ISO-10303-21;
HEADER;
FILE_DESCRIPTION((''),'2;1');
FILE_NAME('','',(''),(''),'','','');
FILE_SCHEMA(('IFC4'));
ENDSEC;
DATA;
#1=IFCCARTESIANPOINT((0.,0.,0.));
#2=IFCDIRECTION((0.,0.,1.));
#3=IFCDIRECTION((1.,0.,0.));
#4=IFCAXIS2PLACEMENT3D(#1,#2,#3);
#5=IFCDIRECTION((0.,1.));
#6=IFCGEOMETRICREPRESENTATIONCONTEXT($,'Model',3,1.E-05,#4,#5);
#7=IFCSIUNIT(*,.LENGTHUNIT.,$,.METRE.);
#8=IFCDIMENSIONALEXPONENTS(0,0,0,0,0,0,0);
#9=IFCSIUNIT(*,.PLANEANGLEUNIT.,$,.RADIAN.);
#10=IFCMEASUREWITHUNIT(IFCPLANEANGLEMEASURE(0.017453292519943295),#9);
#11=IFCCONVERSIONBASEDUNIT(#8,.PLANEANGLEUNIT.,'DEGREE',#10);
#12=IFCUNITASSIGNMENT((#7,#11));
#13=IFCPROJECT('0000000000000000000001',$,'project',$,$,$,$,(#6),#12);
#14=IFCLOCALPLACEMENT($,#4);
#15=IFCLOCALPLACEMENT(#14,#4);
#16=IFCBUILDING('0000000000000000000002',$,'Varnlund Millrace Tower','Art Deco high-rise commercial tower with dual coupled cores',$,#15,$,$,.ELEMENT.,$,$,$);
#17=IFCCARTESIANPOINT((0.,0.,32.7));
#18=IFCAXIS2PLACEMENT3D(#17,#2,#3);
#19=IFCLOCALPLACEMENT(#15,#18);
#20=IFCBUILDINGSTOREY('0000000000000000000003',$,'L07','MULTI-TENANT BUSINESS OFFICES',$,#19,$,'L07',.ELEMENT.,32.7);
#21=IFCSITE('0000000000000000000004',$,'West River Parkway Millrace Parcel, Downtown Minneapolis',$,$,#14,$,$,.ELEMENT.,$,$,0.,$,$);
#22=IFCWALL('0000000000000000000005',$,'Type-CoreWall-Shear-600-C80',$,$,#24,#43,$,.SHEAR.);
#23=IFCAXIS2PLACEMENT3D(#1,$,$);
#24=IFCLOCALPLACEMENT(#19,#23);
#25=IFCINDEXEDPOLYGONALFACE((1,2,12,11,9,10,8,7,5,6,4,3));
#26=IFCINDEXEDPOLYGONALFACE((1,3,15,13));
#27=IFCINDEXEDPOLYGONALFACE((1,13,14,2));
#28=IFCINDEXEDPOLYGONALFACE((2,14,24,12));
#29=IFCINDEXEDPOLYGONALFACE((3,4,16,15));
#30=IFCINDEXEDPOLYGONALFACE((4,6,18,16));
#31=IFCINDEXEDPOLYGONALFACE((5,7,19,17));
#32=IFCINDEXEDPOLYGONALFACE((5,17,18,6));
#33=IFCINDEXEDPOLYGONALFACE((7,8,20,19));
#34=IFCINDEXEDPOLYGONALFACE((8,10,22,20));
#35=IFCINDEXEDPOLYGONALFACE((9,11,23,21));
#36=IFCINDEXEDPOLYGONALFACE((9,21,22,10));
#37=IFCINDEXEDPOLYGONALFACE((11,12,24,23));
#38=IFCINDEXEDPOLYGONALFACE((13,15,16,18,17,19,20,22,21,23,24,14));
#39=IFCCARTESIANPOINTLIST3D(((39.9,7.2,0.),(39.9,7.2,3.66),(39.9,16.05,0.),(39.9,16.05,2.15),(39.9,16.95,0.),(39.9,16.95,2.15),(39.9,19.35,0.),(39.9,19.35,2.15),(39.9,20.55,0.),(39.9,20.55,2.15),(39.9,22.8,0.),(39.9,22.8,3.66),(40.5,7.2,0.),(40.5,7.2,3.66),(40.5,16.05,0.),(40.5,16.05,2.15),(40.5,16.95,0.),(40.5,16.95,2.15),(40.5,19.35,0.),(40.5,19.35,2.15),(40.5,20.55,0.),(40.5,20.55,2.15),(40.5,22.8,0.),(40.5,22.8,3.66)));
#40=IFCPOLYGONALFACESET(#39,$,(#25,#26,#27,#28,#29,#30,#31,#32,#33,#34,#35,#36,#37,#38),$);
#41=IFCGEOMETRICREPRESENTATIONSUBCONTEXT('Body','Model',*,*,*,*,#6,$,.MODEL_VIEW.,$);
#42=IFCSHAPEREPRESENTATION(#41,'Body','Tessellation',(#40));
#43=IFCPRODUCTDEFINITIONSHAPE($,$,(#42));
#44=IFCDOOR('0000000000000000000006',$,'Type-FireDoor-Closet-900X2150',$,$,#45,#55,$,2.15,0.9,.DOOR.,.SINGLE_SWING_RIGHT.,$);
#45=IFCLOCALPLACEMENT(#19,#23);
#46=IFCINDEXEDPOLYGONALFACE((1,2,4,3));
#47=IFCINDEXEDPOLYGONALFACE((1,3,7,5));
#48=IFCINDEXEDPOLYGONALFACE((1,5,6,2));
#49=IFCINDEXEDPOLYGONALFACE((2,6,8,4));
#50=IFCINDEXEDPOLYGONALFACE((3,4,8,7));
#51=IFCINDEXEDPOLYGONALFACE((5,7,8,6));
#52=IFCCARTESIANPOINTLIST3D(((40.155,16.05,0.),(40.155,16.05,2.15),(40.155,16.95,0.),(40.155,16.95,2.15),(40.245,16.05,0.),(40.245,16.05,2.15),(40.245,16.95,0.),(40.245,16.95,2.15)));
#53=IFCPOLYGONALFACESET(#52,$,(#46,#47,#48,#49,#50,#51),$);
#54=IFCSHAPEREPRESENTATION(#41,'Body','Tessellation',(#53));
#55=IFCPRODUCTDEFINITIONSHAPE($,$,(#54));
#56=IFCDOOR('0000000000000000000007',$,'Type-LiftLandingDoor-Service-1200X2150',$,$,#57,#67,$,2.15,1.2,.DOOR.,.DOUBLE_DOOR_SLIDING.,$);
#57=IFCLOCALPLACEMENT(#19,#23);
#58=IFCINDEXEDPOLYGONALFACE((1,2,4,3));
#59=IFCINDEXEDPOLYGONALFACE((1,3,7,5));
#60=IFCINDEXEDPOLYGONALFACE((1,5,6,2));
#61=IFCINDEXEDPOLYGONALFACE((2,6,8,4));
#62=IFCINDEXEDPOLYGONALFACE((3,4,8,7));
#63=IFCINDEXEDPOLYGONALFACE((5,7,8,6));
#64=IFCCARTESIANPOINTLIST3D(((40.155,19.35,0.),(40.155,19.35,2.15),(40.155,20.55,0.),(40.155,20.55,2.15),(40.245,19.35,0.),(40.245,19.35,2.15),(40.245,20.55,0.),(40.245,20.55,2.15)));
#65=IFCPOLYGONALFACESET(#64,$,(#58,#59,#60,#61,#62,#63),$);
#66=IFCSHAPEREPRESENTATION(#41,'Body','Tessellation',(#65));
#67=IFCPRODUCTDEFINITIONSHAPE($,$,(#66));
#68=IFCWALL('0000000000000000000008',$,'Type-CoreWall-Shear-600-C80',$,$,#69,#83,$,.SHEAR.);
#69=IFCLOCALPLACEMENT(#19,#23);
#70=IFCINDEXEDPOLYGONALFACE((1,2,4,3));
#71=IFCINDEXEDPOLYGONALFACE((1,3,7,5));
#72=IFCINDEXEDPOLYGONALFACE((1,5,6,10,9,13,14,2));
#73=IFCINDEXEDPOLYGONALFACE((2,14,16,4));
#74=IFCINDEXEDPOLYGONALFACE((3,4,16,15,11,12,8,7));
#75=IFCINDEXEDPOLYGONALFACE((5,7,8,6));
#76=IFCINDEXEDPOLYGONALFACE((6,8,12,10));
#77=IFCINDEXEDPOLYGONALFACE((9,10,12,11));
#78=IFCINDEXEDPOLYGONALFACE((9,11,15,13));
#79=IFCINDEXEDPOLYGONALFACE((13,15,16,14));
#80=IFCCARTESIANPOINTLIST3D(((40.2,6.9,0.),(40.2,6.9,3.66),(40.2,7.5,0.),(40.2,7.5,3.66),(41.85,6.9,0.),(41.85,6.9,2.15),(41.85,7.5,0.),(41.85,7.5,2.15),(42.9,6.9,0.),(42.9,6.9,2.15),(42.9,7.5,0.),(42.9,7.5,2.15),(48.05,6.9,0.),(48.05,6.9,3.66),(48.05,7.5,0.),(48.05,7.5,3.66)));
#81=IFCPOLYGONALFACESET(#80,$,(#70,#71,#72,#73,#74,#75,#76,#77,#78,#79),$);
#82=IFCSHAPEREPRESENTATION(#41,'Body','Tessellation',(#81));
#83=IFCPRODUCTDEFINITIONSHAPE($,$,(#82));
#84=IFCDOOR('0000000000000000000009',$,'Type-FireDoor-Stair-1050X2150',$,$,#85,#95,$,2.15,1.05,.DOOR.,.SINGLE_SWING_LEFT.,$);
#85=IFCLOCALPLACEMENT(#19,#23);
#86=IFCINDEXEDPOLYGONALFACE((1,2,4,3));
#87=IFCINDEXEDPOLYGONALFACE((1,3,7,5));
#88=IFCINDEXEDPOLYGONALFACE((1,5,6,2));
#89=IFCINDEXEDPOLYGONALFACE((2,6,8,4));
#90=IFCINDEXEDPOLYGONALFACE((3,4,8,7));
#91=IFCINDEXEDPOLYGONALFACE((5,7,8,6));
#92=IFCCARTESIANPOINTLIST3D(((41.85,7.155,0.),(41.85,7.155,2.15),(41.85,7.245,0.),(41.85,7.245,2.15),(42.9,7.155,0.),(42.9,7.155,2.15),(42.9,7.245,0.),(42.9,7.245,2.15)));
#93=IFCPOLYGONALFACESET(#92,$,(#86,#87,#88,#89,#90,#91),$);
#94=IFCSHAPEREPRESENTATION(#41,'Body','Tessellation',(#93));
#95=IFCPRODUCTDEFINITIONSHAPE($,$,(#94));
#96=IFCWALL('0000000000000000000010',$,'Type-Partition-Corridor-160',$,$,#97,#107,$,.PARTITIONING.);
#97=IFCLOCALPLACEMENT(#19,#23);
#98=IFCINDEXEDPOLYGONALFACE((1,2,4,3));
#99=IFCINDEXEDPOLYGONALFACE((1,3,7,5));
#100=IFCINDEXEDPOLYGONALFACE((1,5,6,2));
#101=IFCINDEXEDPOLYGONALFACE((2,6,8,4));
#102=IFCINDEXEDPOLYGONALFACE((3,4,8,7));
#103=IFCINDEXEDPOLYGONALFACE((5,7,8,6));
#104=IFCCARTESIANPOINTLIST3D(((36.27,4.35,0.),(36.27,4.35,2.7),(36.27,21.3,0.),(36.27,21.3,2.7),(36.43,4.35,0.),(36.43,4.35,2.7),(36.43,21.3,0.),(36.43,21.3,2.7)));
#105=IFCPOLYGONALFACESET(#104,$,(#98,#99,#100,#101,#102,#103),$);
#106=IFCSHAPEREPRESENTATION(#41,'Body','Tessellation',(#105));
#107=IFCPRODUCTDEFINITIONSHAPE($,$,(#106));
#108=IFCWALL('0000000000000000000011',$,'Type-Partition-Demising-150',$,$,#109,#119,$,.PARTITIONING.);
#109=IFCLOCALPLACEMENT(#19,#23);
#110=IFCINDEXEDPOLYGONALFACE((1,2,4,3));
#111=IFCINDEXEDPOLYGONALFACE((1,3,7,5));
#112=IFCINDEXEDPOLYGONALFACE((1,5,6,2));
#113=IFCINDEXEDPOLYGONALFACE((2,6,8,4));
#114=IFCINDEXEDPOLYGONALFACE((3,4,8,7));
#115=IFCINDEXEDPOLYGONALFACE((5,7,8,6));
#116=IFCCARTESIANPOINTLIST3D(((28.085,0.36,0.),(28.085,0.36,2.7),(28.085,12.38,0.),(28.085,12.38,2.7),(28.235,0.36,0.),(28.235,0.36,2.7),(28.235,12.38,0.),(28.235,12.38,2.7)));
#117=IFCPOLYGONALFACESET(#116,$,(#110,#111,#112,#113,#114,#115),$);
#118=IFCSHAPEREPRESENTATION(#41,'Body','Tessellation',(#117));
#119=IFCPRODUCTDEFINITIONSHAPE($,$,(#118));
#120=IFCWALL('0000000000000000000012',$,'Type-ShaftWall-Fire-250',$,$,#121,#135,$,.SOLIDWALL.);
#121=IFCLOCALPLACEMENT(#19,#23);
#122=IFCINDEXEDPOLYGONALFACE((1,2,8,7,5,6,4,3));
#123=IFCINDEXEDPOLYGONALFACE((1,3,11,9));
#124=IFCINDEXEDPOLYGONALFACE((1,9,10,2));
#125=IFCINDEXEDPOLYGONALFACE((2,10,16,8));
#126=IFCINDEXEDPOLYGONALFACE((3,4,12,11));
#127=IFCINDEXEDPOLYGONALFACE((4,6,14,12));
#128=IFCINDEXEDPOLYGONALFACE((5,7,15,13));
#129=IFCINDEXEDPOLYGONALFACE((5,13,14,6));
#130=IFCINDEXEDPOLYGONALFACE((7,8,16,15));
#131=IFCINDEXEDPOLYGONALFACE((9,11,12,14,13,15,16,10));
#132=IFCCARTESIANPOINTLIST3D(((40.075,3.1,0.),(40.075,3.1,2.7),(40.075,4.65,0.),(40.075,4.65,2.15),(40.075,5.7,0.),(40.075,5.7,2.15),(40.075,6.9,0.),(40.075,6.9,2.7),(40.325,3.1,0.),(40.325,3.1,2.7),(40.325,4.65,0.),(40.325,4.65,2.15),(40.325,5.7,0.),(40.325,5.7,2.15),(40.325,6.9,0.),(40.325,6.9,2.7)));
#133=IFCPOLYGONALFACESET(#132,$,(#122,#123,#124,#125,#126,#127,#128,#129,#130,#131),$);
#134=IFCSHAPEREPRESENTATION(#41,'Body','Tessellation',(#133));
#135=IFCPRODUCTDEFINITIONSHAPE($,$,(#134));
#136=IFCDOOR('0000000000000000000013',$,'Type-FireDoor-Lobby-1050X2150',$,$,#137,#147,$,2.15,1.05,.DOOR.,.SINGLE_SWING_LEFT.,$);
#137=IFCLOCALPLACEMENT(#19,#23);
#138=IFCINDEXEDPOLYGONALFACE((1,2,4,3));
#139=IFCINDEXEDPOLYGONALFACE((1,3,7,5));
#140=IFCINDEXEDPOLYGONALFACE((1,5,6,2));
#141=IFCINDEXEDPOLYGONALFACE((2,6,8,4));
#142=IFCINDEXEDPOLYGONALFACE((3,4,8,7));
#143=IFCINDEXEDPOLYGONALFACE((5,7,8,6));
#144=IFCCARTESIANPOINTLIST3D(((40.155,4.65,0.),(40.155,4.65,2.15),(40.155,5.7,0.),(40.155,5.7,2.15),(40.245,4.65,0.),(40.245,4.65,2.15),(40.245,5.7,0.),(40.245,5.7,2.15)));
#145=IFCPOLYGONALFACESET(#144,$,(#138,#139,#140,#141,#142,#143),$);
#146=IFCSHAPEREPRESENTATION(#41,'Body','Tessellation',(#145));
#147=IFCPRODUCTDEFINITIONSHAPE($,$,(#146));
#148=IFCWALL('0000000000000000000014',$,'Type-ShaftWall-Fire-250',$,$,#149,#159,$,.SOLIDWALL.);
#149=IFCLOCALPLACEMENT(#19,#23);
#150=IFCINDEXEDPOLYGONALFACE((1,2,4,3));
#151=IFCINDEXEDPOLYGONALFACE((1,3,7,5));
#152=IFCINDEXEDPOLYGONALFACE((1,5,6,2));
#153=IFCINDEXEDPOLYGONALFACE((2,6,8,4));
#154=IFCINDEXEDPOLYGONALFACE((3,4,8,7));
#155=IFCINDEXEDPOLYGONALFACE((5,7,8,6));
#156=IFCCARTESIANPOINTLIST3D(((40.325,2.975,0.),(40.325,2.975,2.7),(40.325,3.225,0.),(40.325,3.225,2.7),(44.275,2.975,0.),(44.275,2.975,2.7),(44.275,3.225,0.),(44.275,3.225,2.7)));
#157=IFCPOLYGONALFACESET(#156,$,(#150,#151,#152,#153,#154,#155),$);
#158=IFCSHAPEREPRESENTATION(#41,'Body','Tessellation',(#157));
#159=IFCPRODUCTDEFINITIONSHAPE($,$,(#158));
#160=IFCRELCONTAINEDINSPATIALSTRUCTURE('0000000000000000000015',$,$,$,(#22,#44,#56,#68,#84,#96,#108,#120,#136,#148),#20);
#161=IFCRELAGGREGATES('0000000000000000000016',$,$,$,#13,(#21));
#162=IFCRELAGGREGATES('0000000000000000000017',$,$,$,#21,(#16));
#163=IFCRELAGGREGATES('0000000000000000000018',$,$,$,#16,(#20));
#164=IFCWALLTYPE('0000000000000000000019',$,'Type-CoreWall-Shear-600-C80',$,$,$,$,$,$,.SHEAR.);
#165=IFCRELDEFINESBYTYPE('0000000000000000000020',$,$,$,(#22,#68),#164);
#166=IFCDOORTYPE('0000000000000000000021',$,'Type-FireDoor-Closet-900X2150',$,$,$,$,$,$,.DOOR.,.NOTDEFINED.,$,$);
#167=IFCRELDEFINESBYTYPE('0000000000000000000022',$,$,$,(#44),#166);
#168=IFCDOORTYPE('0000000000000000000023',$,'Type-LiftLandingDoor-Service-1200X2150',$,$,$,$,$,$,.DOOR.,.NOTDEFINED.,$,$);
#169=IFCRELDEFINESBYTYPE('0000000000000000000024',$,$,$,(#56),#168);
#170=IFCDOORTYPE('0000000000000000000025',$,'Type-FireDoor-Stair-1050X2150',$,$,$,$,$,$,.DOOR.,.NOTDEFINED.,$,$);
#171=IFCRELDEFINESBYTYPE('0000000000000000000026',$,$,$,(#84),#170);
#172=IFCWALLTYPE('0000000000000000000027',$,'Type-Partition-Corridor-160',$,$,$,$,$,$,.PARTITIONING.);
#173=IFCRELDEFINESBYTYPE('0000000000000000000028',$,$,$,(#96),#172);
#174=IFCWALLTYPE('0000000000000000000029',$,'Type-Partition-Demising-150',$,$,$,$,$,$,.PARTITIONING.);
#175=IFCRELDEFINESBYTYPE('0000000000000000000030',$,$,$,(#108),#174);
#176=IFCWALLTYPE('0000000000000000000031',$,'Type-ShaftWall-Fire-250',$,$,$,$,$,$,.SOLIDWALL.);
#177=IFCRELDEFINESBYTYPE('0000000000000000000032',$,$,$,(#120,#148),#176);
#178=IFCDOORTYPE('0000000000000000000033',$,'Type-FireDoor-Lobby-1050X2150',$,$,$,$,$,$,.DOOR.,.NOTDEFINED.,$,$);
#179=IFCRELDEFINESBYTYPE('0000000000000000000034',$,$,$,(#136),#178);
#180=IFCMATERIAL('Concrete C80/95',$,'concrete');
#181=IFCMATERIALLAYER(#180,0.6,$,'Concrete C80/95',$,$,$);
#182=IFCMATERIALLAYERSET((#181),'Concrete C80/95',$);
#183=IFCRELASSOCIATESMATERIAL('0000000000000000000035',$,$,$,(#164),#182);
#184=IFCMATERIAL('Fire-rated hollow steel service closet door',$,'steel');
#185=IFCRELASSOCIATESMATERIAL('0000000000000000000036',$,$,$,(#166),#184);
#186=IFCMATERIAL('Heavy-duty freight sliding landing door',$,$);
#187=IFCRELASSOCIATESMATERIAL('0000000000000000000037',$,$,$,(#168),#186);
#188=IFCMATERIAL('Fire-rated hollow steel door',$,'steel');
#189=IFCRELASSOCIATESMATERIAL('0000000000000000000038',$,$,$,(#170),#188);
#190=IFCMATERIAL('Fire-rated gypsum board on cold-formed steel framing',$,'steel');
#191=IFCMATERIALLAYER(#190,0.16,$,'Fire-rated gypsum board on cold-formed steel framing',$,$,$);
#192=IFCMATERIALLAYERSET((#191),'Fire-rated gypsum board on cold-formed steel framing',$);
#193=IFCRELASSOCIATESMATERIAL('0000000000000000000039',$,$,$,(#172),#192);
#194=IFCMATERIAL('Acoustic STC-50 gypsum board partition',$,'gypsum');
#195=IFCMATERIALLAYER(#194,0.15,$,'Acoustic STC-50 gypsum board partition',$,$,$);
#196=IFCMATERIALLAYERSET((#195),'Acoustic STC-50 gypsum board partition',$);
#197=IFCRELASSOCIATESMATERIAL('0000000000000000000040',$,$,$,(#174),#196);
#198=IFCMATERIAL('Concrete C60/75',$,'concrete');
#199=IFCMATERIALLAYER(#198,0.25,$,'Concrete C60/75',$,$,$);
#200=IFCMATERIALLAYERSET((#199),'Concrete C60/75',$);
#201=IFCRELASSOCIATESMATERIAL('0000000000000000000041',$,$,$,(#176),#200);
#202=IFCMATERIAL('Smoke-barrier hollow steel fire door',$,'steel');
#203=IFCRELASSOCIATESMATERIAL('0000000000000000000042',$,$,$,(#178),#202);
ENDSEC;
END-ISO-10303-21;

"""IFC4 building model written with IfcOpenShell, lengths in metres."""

from ifc_helpers import new_model, entity, si_unit, converted_unit, direction, frame, origin_with_axes, origin_2d_with_axis, place, context, subcontext, project, spatial, polyline, rectangle, outline, extrude, material, layer, layer_set, type_object, element, fill, save


model = new_model("IFC4")

# Units and contexts
model_context = context("Model", 3, precision=1e-05, world=origin_with_axes(), true_north=direction((0.0, 1.0)))
body_context = subcontext(model_context, "Body", "Model", "MODEL_VIEW")
ifc_project = project(units=[si_unit("LENGTHUNIT", "METRE"), converted_unit("PLANEANGLEUNIT", "DEGREE", entity("IfcPlaneAngleMeasure", 0.017453292519943295), si_unit("PLANEANGLEUNIT", "RADIAN"), dimensions=[0, 0, 0, 0, 0, 0, 0])], contexts=[model_context])

# Site, building, storey
site_placement = place(None, origin_with_axes())
site = spatial("IfcSite", under=ifc_project, at=site_placement, Name="West River Parkway Millrace Parcel, Downtown Minneapolis", CompositionType="ELEMENT", RefElevation=0.0)
building_placement = place(site_placement, origin_with_axes())
building = spatial("IfcBuilding", under=site, at=building_placement, Name="Varnlund Millrace Tower", Description="Art Deco high-rise commercial tower with dual coupled cores", CompositionType="ELEMENT")
storey_placement = place(building_placement, frame((0.0, 0.0, 32.7), z_axis=(0.0, 0.0, 1.0), x_axis=(1.0, 0.0, 0.0)))
storey = spatial("IfcBuildingStorey", under=building, at=storey_placement, Name="L07", Description="MULTI-TENANT BUSINESS OFFICES", LongName="L07", CompositionType="ELEMENT", Elevation=32.7)

# Shared definitions
ifc_material_1 = material(Name="Concrete C80/95", Category="concrete")

# Wall, openings, doors
ifc_layer_1 = layer(ifc_material_1, 0.6, Name="Concrete C80/95")
ifc_layer_set_1 = layer_set([ifc_layer_1], Name="Concrete C80/95")
wall_type_1 = type_object("IfcWallType", Name="Type-CoreWall-Shear-600-C80", PredefinedType="SHEAR", material=ifc_layer_set_1)
wall_1_placement = place(storey_placement, frame((40.2, 7.2, 0.0), z_axis=(0.0, 0.0, 1.0), x_axis=(0.0, 1.0, 0.0)))
wall_1 = element("IfcWall", 1, at=wall_1_placement, inside=storey, type_object=wall_type_1, Name="Type-CoreWall-Shear-600-C80", PredefinedType="SHEAR", context=body_context, shape_type="SweptSolid", body=[
    extrude(outline(polyline([(0.0, -0.3), (15.6, -0.3), (15.6, 0.3), (0.0, 0.3), (0.0, -0.3)])), origin_with_axes(), (0.0, 0.0, 1.0), 3.66),
])
opening_1_placement = place(wall_1_placement, frame((12.75, 0.0, 0.0), z_axis=(0.0, 0.0, 1.0), x_axis=(1.0, 0.0, 0.0)))
opening_1 = element("IfcOpeningElement", 2, at=opening_1_placement, cuts=wall_1, PredefinedType="OPENING", context=body_context, shape_type="SweptSolid", body=[
    extrude(rectangle(XDim=1.2, YDim=0.62, at=origin_2d_with_axis()), origin_with_axes(), (0.0, 0.0, 1.0), 2.15),
])
opening_2_placement = place(wall_1_placement, frame((9.3, 0.0, 0.0), z_axis=(0.0, 0.0, 1.0), x_axis=(1.0, 0.0, 0.0)))
opening_2 = element("IfcOpeningElement", 3, at=opening_2_placement, cuts=wall_1, PredefinedType="OPENING", context=body_context, shape_type="SweptSolid", body=[
    extrude(rectangle(XDim=0.9, YDim=0.62, at=origin_2d_with_axis()), origin_with_axes(), (0.0, 0.0, 1.0), 2.15),
])
ifc_material_2 = material(Name="Fire-rated hollow steel service closet door", Category="steel")
door_type_1 = type_object("IfcDoorType", Name="Type-FireDoor-Closet-900X2150", OperationType="NOTDEFINED", PredefinedType="DOOR", material=ifc_material_2)
door_1_placement = place(wall_1_placement, frame((9.3, 0.0, 0.0), z_axis=(0.0, 0.0, 1.0), x_axis=(1.0, 0.0, 0.0)))
door_1 = element("IfcDoor", 4, at=door_1_placement, inside=storey, type_object=door_type_1, Name="Type-FireDoor-Closet-900X2150", OperationType="SINGLE_SWING_RIGHT", OverallHeight=2.15, OverallWidth=0.9, PredefinedType="DOOR", context=body_context, shape_type="SweptSolid", body=[
    extrude(rectangle(XDim=0.9, YDim=0.09, at=origin_2d_with_axis()), origin_with_axes(), (0.0, 0.0, 1.0), 2.15),
])
fill(opening_2, door_1)
ifc_material_3 = material(Name="Heavy-duty freight sliding landing door")
door_type_2 = type_object("IfcDoorType", Name="Type-LiftLandingDoor-Service-1200X2150", OperationType="NOTDEFINED", PredefinedType="DOOR", material=ifc_material_3)
door_2_placement = place(wall_1_placement, frame((12.75, 0.0, 0.0), z_axis=(0.0, 0.0, 1.0), x_axis=(1.0, 0.0, 0.0)))
door_2 = element("IfcDoor", 5, at=door_2_placement, inside=storey, type_object=door_type_2, Name="Type-LiftLandingDoor-Service-1200X2150", OperationType="DOUBLE_DOOR_SLIDING", OverallHeight=2.15, OverallWidth=1.2, PredefinedType="DOOR", context=body_context, shape_type="SweptSolid", body=[
    extrude(rectangle(XDim=1.2, YDim=0.09, at=origin_2d_with_axis()), origin_with_axes(), (0.0, 0.0, 1.0), 2.15),
])
fill(opening_1, door_2)

# Wall, opening, door
wall_2_placement = place(storey_placement, frame((40.2, 7.2, 0.0), z_axis=(0.0, 0.0, 1.0), x_axis=(1.0, 0.0, 0.0)))
wall_2 = element("IfcWall", 6, at=wall_2_placement, inside=storey, type_object=wall_type_1, Name="Type-CoreWall-Shear-600-C80", PredefinedType="SHEAR", context=body_context, shape_type="SweptSolid", body=[
    extrude(outline(polyline([(0.0, -0.3), (7.85, -0.3), (7.85, 0.3), (0.0, 0.3), (0.0, -0.3)])), origin_with_axes(), (0.0, 0.0, 1.0), 3.66),
])
opening_3_placement = place(wall_2_placement, frame((2.175, 0.0, 0.0), z_axis=(0.0, 0.0, 1.0), x_axis=(1.0, 0.0, 0.0)))
opening_3 = element("IfcOpeningElement", 7, at=opening_3_placement, cuts=wall_2, PredefinedType="OPENING", context=body_context, shape_type="SweptSolid", body=[
    extrude(rectangle(XDim=1.05, YDim=0.62, at=origin_2d_with_axis()), origin_with_axes(), (0.0, 0.0, 1.0), 2.15),
])
ifc_material_4 = material(Name="Fire-rated hollow steel door", Category="steel")
door_type_3 = type_object("IfcDoorType", Name="Type-FireDoor-Stair-1050X2150", OperationType="NOTDEFINED", PredefinedType="DOOR", material=ifc_material_4)
door_3_placement = place(wall_2_placement, frame((2.175, 0.0, 0.0), z_axis=(0.0, 0.0, 1.0), x_axis=(1.0, 0.0, 0.0)))
door_3 = element("IfcDoor", 8, at=door_3_placement, inside=storey, type_object=door_type_3, Name="Type-FireDoor-Stair-1050X2150", OperationType="SINGLE_SWING_LEFT", OverallHeight=2.15, OverallWidth=1.05, PredefinedType="DOOR", context=body_context, shape_type="SweptSolid", body=[
    extrude(rectangle(XDim=1.05, YDim=0.09, at=origin_2d_with_axis()), origin_with_axes(), (0.0, 0.0, 1.0), 2.15),
])
fill(opening_3, door_3)

# Walls
ifc_material_5 = material(Name="Fire-rated gypsum board on cold-formed steel framing", Category="steel")
ifc_layer_2 = layer(ifc_material_5, 0.16, Name="Fire-rated gypsum board on cold-formed steel framing")
ifc_layer_set_2 = layer_set([ifc_layer_2], Name="Fire-rated gypsum board on cold-formed steel framing")
wall_type_2 = type_object("IfcWallType", Name="Type-Partition-Corridor-160", PredefinedType="PARTITIONING", material=ifc_layer_set_2)
wall_3_placement = place(storey_placement, frame((36.35, 4.35, 0.0), z_axis=(0.0, 0.0, 1.0), x_axis=(0.0, 1.0, 0.0)))
element("IfcWall", 9, at=wall_3_placement, inside=storey, type_object=wall_type_2, Name="Type-Partition-Corridor-160", PredefinedType="PARTITIONING", context=body_context, shape_type="SweptSolid", body=[
    extrude(outline(polyline([(0.0, -0.08), (16.95, -0.08), (16.95, 0.08), (0.0, 0.08), (0.0, -0.08)])), origin_with_axes(), (0.0, 0.0, 1.0), 2.7),
])
ifc_material_6 = material(Name="Acoustic STC-50 gypsum board partition", Category="gypsum")
ifc_layer_3 = layer(ifc_material_6, 0.15, Name="Acoustic STC-50 gypsum board partition")
ifc_layer_set_3 = layer_set([ifc_layer_3], Name="Acoustic STC-50 gypsum board partition")
wall_type_3 = type_object("IfcWallType", Name="Type-Partition-Demising-150", PredefinedType="PARTITIONING", material=ifc_layer_set_3)
wall_4_placement = place(storey_placement, frame((28.16, 0.36, 0.0), z_axis=(0.0, 0.0, 1.0), x_axis=(0.0, 1.0, 0.0)))
element("IfcWall", 10, at=wall_4_placement, inside=storey, type_object=wall_type_3, Name="Type-Partition-Demising-150", PredefinedType="PARTITIONING", context=body_context, shape_type="SweptSolid", body=[
    extrude(outline(polyline([(0.0, -0.075), (12.02, -0.075), (12.02, 0.075), (0.0, 0.075), (0.0, -0.075)])), origin_with_axes(), (0.0, 0.0, 1.0), 2.7),
])

# Wall, opening, door
ifc_material_7 = material(Name="Concrete C60/75", Category="concrete")
ifc_layer_4 = layer(ifc_material_7, 0.25, Name="Concrete C60/75")
ifc_layer_set_4 = layer_set([ifc_layer_4], Name="Concrete C60/75")
wall_type_4 = type_object("IfcWallType", Name="Type-ShaftWall-Fire-250", PredefinedType="SOLIDWALL", material=ifc_layer_set_4)
wall_5_placement = place(storey_placement, frame((40.2, 3.1, 0.0), z_axis=(0.0, 0.0, 1.0), x_axis=(0.0, 1.0, 0.0)))
wall_5 = element("IfcWall", 11, at=wall_5_placement, inside=storey, type_object=wall_type_4, Name="Type-ShaftWall-Fire-250", PredefinedType="SOLIDWALL", context=body_context, shape_type="SweptSolid", body=[
    extrude(outline(polyline([(0.0, -0.125), (3.8, -0.125), (3.8, 0.125), (0.0, 0.125), (0.0, -0.125)])), origin_with_axes(), (0.0, 0.0, 1.0), 2.7),
])
opening_4_placement = place(wall_5_placement, frame((2.075, 0.0, 0.0), z_axis=(0.0, 0.0, 1.0), x_axis=(1.0, 0.0, 0.0)))
opening_4 = element("IfcOpeningElement", 12, at=opening_4_placement, cuts=wall_5, PredefinedType="OPENING", context=body_context, shape_type="SweptSolid", body=[
    extrude(rectangle(XDim=1.05, YDim=0.27, at=origin_2d_with_axis()), origin_with_axes(), (0.0, 0.0, 1.0), 2.15),
])
ifc_material_8 = material(Name="Smoke-barrier hollow steel fire door", Category="steel")
door_type_4 = type_object("IfcDoorType", Name="Type-FireDoor-Lobby-1050X2150", OperationType="NOTDEFINED", PredefinedType="DOOR", material=ifc_material_8)
door_4_placement = place(wall_5_placement, frame((2.075, 0.0, 0.0), z_axis=(0.0, 0.0, 1.0), x_axis=(1.0, 0.0, 0.0)))
door_4 = element("IfcDoor", 13, at=door_4_placement, inside=storey, type_object=door_type_4, Name="Type-FireDoor-Lobby-1050X2150", OperationType="SINGLE_SWING_LEFT", OverallHeight=2.15, OverallWidth=1.05, PredefinedType="DOOR", context=body_context, shape_type="SweptSolid", body=[
    extrude(rectangle(XDim=1.05, YDim=0.09, at=origin_2d_with_axis()), origin_with_axes(), (0.0, 0.0, 1.0), 2.15),
])
fill(opening_4, door_4)

# Wall
wall_6_placement = place(storey_placement, frame((40.325, 3.1, 0.0), z_axis=(0.0, 0.0, 1.0), x_axis=(1.0, 0.0, 0.0)))
element("IfcWall", 14, at=wall_6_placement, inside=storey, type_object=wall_type_4, Name="Type-ShaftWall-Fire-250", PredefinedType="SOLIDWALL", context=body_context, shape_type="SweptSolid", body=[
    extrude(outline(polyline([(0.0, -0.125), (3.95, -0.125), (3.95, 0.125), (0.0, 0.125), (0.0, -0.125)])), origin_with_axes(), (0.0, 0.0, 1.0), 2.7),
])

save(model, "model.ifc")
